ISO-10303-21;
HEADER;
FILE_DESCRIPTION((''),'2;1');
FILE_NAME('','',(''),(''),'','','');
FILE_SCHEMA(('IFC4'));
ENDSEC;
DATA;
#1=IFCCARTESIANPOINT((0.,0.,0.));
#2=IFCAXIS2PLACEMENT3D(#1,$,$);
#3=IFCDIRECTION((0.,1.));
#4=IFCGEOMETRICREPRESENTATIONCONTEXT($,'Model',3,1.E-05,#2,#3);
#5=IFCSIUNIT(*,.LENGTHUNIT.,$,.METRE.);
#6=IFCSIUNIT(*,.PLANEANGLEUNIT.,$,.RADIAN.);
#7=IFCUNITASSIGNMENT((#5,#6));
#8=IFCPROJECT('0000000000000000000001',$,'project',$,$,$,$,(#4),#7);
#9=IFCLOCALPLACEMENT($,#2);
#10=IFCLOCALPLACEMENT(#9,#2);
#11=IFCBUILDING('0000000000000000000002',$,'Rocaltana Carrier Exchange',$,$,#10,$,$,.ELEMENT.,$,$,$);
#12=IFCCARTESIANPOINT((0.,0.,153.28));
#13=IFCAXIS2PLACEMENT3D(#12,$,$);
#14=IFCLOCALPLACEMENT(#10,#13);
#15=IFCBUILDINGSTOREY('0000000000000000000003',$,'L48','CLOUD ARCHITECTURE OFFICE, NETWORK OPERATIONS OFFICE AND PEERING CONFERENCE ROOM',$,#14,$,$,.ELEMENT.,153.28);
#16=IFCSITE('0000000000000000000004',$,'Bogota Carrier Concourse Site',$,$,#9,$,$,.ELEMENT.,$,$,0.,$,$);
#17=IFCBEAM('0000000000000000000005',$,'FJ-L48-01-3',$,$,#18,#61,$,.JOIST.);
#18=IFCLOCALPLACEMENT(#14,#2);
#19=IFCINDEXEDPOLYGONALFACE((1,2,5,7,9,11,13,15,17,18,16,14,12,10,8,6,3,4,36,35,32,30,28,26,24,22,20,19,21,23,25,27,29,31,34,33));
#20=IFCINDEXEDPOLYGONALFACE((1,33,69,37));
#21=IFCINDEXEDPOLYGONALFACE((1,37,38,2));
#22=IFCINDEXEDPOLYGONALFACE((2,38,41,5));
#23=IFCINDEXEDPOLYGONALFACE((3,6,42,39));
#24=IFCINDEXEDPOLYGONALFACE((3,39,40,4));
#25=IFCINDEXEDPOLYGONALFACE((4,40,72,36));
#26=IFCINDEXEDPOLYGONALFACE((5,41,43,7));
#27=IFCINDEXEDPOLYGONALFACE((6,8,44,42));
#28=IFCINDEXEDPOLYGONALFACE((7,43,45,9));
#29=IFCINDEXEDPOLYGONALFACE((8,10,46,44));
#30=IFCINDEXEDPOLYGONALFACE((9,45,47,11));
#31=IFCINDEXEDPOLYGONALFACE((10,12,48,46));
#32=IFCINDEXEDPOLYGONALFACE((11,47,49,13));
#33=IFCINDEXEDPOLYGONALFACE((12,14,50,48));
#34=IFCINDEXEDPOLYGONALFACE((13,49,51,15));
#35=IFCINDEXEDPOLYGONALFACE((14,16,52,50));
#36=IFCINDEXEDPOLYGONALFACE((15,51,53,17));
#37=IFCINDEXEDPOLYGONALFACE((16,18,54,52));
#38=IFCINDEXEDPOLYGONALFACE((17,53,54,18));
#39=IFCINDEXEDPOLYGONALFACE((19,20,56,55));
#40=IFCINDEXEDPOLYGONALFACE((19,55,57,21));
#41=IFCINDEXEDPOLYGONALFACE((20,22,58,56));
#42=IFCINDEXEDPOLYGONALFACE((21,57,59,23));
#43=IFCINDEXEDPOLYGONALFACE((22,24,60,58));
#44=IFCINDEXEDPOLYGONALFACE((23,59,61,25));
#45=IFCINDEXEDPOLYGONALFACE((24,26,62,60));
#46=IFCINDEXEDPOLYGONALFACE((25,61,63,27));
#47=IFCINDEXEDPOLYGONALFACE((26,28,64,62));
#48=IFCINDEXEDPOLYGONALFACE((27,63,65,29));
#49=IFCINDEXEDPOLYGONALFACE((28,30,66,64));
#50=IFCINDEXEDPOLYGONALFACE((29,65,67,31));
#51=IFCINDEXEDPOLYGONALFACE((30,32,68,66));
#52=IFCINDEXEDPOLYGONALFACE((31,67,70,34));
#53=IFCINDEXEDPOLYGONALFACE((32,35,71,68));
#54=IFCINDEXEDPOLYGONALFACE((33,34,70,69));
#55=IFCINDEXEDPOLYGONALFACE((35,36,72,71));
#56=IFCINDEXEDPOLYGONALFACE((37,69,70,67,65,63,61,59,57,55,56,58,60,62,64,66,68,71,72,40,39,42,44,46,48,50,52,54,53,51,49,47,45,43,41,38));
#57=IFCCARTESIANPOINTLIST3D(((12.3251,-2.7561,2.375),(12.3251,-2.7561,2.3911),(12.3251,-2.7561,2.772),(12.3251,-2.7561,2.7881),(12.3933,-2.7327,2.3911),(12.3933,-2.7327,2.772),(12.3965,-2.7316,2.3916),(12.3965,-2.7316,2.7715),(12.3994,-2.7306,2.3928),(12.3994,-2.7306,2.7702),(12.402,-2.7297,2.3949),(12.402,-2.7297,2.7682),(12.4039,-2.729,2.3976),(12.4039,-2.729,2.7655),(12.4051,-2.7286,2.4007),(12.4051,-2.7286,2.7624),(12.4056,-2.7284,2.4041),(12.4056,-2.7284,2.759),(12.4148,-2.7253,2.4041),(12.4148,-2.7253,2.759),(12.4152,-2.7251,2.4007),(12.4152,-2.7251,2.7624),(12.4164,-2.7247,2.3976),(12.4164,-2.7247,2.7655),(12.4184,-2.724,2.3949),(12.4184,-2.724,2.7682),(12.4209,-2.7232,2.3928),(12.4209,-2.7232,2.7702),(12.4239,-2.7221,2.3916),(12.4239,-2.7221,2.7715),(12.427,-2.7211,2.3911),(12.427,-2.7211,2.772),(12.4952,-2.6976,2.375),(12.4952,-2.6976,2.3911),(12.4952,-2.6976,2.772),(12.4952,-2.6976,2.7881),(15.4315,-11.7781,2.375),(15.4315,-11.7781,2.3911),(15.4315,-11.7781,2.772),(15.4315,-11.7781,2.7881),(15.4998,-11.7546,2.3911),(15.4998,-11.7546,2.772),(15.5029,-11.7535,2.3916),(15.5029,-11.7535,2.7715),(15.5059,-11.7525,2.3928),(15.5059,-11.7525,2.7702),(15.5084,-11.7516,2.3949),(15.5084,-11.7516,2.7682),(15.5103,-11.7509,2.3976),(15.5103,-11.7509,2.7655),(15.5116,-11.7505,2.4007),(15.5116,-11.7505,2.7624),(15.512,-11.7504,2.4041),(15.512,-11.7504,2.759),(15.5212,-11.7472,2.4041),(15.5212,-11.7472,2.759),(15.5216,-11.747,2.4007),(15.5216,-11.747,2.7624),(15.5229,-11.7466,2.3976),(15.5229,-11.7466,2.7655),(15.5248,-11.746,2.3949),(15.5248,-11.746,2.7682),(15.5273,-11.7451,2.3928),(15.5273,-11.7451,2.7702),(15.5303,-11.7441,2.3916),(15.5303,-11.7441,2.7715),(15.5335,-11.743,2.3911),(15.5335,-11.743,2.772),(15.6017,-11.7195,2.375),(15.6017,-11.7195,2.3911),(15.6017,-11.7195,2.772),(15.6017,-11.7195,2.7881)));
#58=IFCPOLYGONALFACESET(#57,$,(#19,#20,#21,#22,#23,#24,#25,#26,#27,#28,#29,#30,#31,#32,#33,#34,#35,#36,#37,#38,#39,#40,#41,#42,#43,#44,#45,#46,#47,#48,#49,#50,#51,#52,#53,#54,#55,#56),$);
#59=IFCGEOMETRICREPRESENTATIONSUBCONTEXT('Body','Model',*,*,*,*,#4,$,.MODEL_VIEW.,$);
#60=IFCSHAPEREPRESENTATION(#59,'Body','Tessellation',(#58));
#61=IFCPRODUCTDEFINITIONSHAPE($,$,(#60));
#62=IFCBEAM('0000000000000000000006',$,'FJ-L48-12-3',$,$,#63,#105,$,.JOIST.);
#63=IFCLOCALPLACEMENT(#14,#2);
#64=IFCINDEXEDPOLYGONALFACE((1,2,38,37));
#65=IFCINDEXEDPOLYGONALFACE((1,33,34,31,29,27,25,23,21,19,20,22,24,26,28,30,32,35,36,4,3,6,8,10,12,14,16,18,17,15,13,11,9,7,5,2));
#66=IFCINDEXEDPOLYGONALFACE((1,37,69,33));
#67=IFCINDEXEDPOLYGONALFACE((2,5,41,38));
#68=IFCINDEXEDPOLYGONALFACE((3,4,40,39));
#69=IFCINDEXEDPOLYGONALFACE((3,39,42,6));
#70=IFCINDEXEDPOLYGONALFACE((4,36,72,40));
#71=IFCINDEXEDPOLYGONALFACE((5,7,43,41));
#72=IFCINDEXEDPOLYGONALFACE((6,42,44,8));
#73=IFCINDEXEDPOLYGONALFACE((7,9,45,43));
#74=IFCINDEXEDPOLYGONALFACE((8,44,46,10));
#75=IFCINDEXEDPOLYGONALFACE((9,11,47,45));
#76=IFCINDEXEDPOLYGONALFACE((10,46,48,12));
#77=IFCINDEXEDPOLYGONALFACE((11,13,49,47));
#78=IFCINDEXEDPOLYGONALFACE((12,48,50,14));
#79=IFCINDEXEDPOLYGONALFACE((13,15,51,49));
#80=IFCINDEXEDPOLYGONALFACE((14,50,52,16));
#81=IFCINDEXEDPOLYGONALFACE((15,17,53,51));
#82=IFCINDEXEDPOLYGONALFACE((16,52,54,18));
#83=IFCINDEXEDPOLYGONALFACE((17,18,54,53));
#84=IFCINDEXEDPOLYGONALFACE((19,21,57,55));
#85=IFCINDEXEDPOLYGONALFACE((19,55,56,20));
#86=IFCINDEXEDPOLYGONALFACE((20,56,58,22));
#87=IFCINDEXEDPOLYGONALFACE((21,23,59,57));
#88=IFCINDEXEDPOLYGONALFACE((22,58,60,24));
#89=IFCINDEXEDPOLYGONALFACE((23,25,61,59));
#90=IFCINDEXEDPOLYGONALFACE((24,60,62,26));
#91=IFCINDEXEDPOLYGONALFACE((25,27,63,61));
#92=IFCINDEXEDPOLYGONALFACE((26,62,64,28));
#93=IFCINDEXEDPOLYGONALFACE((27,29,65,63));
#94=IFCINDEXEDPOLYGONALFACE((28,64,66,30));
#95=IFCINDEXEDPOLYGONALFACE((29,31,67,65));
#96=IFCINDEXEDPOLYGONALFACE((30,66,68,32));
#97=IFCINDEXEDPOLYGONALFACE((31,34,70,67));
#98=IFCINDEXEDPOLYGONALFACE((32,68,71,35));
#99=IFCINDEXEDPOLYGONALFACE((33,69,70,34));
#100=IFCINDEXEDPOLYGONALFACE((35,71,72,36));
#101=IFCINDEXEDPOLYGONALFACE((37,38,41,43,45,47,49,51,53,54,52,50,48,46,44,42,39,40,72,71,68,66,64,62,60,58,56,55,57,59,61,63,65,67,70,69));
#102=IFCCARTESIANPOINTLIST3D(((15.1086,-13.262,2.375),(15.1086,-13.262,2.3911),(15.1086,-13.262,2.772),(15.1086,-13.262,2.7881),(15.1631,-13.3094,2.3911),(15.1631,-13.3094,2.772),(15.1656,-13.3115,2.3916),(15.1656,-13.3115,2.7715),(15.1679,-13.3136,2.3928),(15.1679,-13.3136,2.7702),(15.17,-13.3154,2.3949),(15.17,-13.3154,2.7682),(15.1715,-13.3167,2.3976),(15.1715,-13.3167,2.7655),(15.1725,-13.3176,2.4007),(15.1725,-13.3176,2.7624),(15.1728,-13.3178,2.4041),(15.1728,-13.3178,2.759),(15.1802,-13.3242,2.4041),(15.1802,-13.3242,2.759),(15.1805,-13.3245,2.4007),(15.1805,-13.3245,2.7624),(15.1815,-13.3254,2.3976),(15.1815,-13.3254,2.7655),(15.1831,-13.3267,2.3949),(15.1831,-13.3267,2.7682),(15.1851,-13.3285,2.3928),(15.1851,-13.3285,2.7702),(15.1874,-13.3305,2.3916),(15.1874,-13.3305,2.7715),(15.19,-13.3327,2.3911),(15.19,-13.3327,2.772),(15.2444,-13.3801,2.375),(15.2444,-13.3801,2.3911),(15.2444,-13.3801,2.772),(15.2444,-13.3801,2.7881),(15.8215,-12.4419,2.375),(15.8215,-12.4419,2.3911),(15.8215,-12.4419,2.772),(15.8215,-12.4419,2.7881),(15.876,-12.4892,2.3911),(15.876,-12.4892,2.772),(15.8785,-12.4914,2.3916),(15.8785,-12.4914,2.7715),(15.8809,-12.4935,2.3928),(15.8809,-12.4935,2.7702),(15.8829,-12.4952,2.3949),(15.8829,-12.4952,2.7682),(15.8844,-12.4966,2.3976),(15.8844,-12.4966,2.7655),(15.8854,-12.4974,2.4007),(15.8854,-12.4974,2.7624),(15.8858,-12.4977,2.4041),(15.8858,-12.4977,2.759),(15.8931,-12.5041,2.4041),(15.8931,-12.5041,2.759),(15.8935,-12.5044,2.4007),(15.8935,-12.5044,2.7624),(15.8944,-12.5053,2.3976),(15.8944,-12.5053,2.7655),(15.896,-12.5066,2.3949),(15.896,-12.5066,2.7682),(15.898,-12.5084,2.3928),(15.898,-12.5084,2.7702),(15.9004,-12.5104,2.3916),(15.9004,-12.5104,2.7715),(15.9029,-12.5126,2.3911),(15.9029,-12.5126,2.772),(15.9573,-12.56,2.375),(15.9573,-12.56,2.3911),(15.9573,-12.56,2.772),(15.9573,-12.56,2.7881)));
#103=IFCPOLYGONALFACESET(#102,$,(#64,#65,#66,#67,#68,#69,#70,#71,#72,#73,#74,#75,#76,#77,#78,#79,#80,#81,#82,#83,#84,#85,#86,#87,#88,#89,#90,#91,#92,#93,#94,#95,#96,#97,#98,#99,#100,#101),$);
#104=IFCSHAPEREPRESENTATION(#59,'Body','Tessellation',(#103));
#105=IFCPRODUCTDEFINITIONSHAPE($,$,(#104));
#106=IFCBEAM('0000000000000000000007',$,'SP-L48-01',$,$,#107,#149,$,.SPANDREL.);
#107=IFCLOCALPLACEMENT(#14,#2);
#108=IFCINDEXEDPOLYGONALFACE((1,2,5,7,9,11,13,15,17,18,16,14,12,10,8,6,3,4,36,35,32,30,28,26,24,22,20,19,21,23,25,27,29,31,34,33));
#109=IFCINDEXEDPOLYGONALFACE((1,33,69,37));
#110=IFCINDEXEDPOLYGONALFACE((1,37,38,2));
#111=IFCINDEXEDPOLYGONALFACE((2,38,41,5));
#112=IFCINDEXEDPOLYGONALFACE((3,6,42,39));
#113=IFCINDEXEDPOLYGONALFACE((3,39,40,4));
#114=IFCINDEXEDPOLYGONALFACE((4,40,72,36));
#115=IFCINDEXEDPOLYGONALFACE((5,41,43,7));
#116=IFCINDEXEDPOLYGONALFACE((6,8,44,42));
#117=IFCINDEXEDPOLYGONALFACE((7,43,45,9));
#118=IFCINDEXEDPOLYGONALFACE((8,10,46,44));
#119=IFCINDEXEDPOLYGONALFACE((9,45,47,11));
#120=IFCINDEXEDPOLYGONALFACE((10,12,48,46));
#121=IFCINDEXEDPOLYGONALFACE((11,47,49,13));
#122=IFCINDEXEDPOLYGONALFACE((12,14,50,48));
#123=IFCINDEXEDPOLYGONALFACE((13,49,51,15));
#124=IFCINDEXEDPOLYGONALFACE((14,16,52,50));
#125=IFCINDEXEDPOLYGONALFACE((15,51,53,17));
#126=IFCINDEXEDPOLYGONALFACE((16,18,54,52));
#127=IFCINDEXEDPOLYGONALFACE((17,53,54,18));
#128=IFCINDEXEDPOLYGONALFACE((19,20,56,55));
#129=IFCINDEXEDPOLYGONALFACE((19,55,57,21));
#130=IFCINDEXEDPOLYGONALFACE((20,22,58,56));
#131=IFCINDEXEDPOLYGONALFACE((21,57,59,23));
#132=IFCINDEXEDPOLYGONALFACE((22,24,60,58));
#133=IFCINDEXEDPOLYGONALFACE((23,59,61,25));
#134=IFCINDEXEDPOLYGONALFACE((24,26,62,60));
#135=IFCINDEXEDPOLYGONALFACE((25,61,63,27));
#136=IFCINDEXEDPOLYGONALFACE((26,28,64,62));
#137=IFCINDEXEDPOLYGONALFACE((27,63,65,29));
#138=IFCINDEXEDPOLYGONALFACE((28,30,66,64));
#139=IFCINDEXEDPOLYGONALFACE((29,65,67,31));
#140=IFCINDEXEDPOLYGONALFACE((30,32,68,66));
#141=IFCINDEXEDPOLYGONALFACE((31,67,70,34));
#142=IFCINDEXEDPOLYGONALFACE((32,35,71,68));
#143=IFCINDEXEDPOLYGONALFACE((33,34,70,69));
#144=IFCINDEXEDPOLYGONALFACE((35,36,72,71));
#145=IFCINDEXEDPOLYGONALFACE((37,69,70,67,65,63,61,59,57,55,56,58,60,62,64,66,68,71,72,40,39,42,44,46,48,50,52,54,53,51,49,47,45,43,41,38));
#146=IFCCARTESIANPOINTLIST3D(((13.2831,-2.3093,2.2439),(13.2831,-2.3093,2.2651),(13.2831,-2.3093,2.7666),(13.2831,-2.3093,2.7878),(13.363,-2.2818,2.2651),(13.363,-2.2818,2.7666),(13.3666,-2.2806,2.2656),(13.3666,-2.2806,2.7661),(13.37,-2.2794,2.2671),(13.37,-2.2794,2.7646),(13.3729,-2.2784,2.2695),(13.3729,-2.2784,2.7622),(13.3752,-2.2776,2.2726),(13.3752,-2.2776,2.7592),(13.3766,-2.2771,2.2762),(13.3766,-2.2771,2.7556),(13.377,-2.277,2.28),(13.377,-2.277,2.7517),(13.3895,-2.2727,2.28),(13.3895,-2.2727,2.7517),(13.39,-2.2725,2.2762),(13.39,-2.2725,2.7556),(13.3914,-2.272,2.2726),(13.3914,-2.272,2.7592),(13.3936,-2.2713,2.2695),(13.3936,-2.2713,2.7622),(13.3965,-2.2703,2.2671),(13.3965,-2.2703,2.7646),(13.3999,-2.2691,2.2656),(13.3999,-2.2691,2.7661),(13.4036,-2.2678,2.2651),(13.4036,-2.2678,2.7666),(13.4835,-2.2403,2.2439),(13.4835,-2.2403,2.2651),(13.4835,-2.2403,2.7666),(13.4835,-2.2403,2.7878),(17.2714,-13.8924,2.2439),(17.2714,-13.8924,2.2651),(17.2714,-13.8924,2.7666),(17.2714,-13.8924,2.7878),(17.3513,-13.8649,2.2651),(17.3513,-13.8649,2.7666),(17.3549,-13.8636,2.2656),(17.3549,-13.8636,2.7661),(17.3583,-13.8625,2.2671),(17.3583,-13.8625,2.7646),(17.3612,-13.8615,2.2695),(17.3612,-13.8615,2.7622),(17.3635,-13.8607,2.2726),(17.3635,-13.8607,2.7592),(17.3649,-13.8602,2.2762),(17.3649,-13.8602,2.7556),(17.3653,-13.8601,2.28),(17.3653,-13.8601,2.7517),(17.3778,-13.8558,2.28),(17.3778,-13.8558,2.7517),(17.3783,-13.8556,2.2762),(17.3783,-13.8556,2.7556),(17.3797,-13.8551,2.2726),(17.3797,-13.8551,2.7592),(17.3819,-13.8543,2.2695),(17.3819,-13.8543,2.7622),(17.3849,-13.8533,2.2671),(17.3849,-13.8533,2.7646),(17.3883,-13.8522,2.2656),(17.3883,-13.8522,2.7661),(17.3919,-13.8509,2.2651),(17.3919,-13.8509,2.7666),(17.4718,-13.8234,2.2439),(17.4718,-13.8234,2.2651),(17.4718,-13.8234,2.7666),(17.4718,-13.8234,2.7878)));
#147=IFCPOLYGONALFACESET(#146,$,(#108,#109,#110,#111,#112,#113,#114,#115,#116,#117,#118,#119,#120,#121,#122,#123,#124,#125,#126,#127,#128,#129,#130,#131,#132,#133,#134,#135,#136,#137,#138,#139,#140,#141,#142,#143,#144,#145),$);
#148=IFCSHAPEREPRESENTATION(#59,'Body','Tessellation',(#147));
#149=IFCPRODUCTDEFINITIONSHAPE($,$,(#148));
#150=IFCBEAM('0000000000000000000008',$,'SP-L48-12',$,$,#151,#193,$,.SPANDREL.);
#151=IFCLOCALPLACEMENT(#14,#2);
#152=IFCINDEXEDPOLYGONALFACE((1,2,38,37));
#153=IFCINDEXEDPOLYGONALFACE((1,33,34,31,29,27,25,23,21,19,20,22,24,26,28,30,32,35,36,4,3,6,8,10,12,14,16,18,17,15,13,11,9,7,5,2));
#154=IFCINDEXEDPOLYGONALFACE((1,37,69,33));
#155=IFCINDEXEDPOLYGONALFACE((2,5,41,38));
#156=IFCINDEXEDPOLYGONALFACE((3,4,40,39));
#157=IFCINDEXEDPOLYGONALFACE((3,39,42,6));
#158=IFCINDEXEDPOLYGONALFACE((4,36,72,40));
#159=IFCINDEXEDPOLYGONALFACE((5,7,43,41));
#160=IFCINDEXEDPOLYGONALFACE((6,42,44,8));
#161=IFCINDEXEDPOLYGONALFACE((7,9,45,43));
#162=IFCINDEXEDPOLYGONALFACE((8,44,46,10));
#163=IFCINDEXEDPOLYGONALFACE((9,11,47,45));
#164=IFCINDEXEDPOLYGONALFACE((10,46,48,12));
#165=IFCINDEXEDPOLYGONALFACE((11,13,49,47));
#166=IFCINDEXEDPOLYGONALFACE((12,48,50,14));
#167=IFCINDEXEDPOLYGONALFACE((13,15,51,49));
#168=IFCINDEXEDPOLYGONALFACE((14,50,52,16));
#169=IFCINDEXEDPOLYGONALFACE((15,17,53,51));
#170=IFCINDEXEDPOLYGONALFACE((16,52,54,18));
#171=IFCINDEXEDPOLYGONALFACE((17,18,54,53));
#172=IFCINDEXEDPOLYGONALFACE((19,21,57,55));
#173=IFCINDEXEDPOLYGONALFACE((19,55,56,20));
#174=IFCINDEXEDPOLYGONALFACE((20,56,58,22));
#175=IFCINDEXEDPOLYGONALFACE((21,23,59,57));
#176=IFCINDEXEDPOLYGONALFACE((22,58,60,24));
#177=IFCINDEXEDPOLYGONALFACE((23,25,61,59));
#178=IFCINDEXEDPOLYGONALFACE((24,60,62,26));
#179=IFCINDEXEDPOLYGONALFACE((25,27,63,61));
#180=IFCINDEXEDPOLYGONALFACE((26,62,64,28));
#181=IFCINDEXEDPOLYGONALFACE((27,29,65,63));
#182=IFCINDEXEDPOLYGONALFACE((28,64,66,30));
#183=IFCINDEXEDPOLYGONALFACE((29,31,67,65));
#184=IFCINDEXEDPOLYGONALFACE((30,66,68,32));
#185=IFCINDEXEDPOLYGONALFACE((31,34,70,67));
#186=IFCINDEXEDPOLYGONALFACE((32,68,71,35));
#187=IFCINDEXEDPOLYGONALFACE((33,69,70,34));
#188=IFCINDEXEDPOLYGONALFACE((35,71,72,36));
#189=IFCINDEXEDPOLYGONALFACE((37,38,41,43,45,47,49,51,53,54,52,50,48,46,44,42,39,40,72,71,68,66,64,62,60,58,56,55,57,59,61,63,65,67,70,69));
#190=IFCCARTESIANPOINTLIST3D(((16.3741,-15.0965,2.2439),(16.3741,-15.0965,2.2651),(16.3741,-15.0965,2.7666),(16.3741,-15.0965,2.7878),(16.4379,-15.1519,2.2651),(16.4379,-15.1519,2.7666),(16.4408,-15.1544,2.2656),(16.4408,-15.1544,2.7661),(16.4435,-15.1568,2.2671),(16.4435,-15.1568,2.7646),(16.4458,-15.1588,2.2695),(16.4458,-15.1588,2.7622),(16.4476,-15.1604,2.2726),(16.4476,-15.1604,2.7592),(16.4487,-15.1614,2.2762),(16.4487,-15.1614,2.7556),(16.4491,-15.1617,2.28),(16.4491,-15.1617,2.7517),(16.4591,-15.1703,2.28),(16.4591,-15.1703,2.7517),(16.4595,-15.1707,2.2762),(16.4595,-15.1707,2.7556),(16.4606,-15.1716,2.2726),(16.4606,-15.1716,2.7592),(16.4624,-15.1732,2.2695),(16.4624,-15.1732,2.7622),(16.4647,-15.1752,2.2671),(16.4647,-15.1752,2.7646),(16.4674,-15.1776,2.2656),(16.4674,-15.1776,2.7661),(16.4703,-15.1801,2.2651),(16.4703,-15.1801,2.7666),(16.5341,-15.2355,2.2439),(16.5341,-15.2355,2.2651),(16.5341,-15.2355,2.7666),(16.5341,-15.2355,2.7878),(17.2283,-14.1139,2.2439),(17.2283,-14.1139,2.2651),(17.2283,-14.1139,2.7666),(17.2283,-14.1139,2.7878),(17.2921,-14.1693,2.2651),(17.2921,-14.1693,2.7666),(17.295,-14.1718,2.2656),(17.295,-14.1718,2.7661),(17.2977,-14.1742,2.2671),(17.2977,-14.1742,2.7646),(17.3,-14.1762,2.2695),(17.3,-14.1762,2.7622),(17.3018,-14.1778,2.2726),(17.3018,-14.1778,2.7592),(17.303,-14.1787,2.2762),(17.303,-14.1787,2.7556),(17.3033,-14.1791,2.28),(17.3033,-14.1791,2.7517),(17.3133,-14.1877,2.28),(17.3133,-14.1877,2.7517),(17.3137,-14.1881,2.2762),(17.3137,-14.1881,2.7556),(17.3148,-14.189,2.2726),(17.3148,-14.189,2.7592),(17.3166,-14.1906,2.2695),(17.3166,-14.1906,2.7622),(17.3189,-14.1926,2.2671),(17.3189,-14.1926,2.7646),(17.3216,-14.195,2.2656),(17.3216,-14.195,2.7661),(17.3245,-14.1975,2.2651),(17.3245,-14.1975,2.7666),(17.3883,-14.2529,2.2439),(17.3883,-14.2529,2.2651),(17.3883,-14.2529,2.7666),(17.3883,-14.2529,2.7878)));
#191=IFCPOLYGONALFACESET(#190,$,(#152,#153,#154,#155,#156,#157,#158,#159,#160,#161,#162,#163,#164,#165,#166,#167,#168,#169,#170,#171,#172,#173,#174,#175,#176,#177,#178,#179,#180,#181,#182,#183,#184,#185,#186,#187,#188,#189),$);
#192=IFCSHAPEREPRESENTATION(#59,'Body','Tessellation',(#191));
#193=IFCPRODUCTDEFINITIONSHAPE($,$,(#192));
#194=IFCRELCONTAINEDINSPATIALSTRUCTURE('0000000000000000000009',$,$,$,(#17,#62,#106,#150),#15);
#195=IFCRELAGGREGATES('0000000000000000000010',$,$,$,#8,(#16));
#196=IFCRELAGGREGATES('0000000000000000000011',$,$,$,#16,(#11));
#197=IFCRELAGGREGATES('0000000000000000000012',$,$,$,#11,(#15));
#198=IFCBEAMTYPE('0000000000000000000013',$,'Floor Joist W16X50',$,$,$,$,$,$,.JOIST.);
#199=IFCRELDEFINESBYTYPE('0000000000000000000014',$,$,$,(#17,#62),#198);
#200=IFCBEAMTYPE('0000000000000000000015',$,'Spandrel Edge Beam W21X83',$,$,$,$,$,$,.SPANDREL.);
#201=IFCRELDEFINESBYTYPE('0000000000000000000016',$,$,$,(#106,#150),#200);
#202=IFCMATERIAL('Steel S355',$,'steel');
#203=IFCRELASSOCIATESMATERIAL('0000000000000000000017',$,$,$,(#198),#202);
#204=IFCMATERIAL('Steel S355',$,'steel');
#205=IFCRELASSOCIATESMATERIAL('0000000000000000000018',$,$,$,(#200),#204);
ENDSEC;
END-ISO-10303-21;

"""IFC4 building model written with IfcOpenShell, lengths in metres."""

from ifc_helpers import new_model, si_unit, direction, frame, origin, origin_2d, place, context, subcontext, project, spatial, i_section, extrude, material, material_profile, profile_set, type_object, element, save


model = new_model("IFC4")

# Units and contexts
model_context = context("Model", 3, precision=1e-05, world=origin(), true_north=direction((0.0, 1.0)))
body_context = subcontext(model_context, "Body", "Model", "MODEL_VIEW")
ifc_project = project(units=[si_unit("LENGTHUNIT", "METRE"), si_unit("PLANEANGLEUNIT", "RADIAN")], contexts=[model_context])

# Site, building, storey
site_placement = place(None, origin())
site = spatial("IfcSite", under=ifc_project, at=site_placement, Name="Bogota Carrier Concourse Site", CompositionType="ELEMENT", RefElevation=0.0)
building_placement = place(site_placement, origin())
building = spatial("IfcBuilding", under=site, at=building_placement, Name="Rocaltana Carrier Exchange", CompositionType="ELEMENT")
storey_placement = place(building_placement, frame((0.0, 0.0, 153.28)))
storey = spatial("IfcBuildingStorey", under=building, at=storey_placement, Name="L48", Description="CLOUD ARCHITECTURE OFFICE, NETWORK OPERATIONS OFFICE AND PEERING CONFERENCE ROOM", CompositionType="ELEMENT", Elevation=153.28)

# Beams
ifc_material_1 = material(Name="Steel S355", Category="steel")
ifc_material_profile_1 = material_profile(ifc_material_1, i_section(OverallWidth=0.1799, OverallDepth=0.4131, WebThickness=0.0098, FlangeThickness=0.0161, FilletRadius=0.0129, at=origin_2d()), Name="W16X50")
ifc_profile_set_1 = profile_set([ifc_material_profile_1], Name="Steel S355")
beam_type_1 = type_object("IfcBeamType", Name="Floor Joist W16X50", PredefinedType="JOIST", material=ifc_profile_set_1)
beam_1_placement = place(storey_placement, frame((15.5166, -11.7488, 2.5815), z_axis=(-0.325562, 0.945521, 0.0), x_axis=(-0.945521, -0.325562, 0.0)))
element("IfcBeam", 1, at=beam_1_placement, inside=storey, type_object=beam_type_1, Name="FJ-L48-01-3", PredefinedType="JOIST", context=body_context, shape_type="SweptSolid", body=[
    extrude(i_section(OverallWidth=0.1799, OverallDepth=0.4131, WebThickness=0.0098, FlangeThickness=0.0161, FilletRadius=0.0129, at=origin_2d()), origin(), (0.0, 0.0, 1.0), 9.5417),
])
beam_2_placement = place(storey_placement, frame((15.1765, -13.321, 2.5815), z_axis=(0.656067, 0.754702, 0.0), x_axis=(-0.754702, 0.656067, 0.0)))
element("IfcBeam", 2, at=beam_2_placement, inside=storey, type_object=beam_type_1, Name="FJ-L48-12-3", PredefinedType="JOIST", context=body_context, shape_type="SweptSolid", body=[
    extrude(i_section(OverallWidth=0.1799, OverallDepth=0.4131, WebThickness=0.0098, FlangeThickness=0.0161, FilletRadius=0.0129, at=origin_2d()), origin(), (0.0, 0.0, 1.0), 1.0867),
])
ifc_material_2 = material(Name="Steel S355", Category="steel")
ifc_material_profile_2 = material_profile(ifc_material_2, i_section(OverallWidth=0.2119, OverallDepth=0.5439, WebThickness=0.0132, FlangeThickness=0.0212, FilletRadius=0.0149, at=origin_2d()), Name="W21X83")
ifc_profile_set_2 = profile_set([ifc_material_profile_2], Name="Steel S355")
beam_type_2 = type_object("IfcBeamType", Name="Spandrel Edge Beam W21X83", PredefinedType="SPANDREL", material=ifc_profile_set_2)
beam_3_placement = place(storey_placement, frame((17.3716, -13.8579, 2.5159), z_axis=(-0.325563, 0.94552, 0.0), x_axis=(-0.94552, -0.325563, 0.0)))
element("IfcBeam", 3, at=beam_3_placement, inside=storey, type_object=beam_type_2, Name="SP-L48-01", PredefinedType="SPANDREL", context=body_context, shape_type="SweptSolid", body=[
    extrude(i_section(OverallWidth=0.2119, OverallDepth=0.5439, WebThickness=0.0132, FlangeThickness=0.0212, FilletRadius=0.0149, at=origin_2d()), origin(), (0.0, 0.0, 1.0), 12.2505),
])
beam_4_placement = place(storey_placement, frame((16.4541, -15.166, 2.5159), z_axis=(0.656072, 0.754698, 0.0), x_axis=(-0.754698, 0.656072, 0.0)))
element("IfcBeam", 4, at=beam_4_placement, inside=storey, type_object=beam_type_2, Name="SP-L48-12", PredefinedType="SPANDREL", context=body_context, shape_type="SweptSolid", body=[
    extrude(i_section(OverallWidth=0.2119, OverallDepth=0.5439, WebThickness=0.0132, FlangeThickness=0.0212, FilletRadius=0.0149, at=origin_2d()), origin(), (0.0, 0.0, 1.0), 1.302),
])

save(model, "model.ifc")
